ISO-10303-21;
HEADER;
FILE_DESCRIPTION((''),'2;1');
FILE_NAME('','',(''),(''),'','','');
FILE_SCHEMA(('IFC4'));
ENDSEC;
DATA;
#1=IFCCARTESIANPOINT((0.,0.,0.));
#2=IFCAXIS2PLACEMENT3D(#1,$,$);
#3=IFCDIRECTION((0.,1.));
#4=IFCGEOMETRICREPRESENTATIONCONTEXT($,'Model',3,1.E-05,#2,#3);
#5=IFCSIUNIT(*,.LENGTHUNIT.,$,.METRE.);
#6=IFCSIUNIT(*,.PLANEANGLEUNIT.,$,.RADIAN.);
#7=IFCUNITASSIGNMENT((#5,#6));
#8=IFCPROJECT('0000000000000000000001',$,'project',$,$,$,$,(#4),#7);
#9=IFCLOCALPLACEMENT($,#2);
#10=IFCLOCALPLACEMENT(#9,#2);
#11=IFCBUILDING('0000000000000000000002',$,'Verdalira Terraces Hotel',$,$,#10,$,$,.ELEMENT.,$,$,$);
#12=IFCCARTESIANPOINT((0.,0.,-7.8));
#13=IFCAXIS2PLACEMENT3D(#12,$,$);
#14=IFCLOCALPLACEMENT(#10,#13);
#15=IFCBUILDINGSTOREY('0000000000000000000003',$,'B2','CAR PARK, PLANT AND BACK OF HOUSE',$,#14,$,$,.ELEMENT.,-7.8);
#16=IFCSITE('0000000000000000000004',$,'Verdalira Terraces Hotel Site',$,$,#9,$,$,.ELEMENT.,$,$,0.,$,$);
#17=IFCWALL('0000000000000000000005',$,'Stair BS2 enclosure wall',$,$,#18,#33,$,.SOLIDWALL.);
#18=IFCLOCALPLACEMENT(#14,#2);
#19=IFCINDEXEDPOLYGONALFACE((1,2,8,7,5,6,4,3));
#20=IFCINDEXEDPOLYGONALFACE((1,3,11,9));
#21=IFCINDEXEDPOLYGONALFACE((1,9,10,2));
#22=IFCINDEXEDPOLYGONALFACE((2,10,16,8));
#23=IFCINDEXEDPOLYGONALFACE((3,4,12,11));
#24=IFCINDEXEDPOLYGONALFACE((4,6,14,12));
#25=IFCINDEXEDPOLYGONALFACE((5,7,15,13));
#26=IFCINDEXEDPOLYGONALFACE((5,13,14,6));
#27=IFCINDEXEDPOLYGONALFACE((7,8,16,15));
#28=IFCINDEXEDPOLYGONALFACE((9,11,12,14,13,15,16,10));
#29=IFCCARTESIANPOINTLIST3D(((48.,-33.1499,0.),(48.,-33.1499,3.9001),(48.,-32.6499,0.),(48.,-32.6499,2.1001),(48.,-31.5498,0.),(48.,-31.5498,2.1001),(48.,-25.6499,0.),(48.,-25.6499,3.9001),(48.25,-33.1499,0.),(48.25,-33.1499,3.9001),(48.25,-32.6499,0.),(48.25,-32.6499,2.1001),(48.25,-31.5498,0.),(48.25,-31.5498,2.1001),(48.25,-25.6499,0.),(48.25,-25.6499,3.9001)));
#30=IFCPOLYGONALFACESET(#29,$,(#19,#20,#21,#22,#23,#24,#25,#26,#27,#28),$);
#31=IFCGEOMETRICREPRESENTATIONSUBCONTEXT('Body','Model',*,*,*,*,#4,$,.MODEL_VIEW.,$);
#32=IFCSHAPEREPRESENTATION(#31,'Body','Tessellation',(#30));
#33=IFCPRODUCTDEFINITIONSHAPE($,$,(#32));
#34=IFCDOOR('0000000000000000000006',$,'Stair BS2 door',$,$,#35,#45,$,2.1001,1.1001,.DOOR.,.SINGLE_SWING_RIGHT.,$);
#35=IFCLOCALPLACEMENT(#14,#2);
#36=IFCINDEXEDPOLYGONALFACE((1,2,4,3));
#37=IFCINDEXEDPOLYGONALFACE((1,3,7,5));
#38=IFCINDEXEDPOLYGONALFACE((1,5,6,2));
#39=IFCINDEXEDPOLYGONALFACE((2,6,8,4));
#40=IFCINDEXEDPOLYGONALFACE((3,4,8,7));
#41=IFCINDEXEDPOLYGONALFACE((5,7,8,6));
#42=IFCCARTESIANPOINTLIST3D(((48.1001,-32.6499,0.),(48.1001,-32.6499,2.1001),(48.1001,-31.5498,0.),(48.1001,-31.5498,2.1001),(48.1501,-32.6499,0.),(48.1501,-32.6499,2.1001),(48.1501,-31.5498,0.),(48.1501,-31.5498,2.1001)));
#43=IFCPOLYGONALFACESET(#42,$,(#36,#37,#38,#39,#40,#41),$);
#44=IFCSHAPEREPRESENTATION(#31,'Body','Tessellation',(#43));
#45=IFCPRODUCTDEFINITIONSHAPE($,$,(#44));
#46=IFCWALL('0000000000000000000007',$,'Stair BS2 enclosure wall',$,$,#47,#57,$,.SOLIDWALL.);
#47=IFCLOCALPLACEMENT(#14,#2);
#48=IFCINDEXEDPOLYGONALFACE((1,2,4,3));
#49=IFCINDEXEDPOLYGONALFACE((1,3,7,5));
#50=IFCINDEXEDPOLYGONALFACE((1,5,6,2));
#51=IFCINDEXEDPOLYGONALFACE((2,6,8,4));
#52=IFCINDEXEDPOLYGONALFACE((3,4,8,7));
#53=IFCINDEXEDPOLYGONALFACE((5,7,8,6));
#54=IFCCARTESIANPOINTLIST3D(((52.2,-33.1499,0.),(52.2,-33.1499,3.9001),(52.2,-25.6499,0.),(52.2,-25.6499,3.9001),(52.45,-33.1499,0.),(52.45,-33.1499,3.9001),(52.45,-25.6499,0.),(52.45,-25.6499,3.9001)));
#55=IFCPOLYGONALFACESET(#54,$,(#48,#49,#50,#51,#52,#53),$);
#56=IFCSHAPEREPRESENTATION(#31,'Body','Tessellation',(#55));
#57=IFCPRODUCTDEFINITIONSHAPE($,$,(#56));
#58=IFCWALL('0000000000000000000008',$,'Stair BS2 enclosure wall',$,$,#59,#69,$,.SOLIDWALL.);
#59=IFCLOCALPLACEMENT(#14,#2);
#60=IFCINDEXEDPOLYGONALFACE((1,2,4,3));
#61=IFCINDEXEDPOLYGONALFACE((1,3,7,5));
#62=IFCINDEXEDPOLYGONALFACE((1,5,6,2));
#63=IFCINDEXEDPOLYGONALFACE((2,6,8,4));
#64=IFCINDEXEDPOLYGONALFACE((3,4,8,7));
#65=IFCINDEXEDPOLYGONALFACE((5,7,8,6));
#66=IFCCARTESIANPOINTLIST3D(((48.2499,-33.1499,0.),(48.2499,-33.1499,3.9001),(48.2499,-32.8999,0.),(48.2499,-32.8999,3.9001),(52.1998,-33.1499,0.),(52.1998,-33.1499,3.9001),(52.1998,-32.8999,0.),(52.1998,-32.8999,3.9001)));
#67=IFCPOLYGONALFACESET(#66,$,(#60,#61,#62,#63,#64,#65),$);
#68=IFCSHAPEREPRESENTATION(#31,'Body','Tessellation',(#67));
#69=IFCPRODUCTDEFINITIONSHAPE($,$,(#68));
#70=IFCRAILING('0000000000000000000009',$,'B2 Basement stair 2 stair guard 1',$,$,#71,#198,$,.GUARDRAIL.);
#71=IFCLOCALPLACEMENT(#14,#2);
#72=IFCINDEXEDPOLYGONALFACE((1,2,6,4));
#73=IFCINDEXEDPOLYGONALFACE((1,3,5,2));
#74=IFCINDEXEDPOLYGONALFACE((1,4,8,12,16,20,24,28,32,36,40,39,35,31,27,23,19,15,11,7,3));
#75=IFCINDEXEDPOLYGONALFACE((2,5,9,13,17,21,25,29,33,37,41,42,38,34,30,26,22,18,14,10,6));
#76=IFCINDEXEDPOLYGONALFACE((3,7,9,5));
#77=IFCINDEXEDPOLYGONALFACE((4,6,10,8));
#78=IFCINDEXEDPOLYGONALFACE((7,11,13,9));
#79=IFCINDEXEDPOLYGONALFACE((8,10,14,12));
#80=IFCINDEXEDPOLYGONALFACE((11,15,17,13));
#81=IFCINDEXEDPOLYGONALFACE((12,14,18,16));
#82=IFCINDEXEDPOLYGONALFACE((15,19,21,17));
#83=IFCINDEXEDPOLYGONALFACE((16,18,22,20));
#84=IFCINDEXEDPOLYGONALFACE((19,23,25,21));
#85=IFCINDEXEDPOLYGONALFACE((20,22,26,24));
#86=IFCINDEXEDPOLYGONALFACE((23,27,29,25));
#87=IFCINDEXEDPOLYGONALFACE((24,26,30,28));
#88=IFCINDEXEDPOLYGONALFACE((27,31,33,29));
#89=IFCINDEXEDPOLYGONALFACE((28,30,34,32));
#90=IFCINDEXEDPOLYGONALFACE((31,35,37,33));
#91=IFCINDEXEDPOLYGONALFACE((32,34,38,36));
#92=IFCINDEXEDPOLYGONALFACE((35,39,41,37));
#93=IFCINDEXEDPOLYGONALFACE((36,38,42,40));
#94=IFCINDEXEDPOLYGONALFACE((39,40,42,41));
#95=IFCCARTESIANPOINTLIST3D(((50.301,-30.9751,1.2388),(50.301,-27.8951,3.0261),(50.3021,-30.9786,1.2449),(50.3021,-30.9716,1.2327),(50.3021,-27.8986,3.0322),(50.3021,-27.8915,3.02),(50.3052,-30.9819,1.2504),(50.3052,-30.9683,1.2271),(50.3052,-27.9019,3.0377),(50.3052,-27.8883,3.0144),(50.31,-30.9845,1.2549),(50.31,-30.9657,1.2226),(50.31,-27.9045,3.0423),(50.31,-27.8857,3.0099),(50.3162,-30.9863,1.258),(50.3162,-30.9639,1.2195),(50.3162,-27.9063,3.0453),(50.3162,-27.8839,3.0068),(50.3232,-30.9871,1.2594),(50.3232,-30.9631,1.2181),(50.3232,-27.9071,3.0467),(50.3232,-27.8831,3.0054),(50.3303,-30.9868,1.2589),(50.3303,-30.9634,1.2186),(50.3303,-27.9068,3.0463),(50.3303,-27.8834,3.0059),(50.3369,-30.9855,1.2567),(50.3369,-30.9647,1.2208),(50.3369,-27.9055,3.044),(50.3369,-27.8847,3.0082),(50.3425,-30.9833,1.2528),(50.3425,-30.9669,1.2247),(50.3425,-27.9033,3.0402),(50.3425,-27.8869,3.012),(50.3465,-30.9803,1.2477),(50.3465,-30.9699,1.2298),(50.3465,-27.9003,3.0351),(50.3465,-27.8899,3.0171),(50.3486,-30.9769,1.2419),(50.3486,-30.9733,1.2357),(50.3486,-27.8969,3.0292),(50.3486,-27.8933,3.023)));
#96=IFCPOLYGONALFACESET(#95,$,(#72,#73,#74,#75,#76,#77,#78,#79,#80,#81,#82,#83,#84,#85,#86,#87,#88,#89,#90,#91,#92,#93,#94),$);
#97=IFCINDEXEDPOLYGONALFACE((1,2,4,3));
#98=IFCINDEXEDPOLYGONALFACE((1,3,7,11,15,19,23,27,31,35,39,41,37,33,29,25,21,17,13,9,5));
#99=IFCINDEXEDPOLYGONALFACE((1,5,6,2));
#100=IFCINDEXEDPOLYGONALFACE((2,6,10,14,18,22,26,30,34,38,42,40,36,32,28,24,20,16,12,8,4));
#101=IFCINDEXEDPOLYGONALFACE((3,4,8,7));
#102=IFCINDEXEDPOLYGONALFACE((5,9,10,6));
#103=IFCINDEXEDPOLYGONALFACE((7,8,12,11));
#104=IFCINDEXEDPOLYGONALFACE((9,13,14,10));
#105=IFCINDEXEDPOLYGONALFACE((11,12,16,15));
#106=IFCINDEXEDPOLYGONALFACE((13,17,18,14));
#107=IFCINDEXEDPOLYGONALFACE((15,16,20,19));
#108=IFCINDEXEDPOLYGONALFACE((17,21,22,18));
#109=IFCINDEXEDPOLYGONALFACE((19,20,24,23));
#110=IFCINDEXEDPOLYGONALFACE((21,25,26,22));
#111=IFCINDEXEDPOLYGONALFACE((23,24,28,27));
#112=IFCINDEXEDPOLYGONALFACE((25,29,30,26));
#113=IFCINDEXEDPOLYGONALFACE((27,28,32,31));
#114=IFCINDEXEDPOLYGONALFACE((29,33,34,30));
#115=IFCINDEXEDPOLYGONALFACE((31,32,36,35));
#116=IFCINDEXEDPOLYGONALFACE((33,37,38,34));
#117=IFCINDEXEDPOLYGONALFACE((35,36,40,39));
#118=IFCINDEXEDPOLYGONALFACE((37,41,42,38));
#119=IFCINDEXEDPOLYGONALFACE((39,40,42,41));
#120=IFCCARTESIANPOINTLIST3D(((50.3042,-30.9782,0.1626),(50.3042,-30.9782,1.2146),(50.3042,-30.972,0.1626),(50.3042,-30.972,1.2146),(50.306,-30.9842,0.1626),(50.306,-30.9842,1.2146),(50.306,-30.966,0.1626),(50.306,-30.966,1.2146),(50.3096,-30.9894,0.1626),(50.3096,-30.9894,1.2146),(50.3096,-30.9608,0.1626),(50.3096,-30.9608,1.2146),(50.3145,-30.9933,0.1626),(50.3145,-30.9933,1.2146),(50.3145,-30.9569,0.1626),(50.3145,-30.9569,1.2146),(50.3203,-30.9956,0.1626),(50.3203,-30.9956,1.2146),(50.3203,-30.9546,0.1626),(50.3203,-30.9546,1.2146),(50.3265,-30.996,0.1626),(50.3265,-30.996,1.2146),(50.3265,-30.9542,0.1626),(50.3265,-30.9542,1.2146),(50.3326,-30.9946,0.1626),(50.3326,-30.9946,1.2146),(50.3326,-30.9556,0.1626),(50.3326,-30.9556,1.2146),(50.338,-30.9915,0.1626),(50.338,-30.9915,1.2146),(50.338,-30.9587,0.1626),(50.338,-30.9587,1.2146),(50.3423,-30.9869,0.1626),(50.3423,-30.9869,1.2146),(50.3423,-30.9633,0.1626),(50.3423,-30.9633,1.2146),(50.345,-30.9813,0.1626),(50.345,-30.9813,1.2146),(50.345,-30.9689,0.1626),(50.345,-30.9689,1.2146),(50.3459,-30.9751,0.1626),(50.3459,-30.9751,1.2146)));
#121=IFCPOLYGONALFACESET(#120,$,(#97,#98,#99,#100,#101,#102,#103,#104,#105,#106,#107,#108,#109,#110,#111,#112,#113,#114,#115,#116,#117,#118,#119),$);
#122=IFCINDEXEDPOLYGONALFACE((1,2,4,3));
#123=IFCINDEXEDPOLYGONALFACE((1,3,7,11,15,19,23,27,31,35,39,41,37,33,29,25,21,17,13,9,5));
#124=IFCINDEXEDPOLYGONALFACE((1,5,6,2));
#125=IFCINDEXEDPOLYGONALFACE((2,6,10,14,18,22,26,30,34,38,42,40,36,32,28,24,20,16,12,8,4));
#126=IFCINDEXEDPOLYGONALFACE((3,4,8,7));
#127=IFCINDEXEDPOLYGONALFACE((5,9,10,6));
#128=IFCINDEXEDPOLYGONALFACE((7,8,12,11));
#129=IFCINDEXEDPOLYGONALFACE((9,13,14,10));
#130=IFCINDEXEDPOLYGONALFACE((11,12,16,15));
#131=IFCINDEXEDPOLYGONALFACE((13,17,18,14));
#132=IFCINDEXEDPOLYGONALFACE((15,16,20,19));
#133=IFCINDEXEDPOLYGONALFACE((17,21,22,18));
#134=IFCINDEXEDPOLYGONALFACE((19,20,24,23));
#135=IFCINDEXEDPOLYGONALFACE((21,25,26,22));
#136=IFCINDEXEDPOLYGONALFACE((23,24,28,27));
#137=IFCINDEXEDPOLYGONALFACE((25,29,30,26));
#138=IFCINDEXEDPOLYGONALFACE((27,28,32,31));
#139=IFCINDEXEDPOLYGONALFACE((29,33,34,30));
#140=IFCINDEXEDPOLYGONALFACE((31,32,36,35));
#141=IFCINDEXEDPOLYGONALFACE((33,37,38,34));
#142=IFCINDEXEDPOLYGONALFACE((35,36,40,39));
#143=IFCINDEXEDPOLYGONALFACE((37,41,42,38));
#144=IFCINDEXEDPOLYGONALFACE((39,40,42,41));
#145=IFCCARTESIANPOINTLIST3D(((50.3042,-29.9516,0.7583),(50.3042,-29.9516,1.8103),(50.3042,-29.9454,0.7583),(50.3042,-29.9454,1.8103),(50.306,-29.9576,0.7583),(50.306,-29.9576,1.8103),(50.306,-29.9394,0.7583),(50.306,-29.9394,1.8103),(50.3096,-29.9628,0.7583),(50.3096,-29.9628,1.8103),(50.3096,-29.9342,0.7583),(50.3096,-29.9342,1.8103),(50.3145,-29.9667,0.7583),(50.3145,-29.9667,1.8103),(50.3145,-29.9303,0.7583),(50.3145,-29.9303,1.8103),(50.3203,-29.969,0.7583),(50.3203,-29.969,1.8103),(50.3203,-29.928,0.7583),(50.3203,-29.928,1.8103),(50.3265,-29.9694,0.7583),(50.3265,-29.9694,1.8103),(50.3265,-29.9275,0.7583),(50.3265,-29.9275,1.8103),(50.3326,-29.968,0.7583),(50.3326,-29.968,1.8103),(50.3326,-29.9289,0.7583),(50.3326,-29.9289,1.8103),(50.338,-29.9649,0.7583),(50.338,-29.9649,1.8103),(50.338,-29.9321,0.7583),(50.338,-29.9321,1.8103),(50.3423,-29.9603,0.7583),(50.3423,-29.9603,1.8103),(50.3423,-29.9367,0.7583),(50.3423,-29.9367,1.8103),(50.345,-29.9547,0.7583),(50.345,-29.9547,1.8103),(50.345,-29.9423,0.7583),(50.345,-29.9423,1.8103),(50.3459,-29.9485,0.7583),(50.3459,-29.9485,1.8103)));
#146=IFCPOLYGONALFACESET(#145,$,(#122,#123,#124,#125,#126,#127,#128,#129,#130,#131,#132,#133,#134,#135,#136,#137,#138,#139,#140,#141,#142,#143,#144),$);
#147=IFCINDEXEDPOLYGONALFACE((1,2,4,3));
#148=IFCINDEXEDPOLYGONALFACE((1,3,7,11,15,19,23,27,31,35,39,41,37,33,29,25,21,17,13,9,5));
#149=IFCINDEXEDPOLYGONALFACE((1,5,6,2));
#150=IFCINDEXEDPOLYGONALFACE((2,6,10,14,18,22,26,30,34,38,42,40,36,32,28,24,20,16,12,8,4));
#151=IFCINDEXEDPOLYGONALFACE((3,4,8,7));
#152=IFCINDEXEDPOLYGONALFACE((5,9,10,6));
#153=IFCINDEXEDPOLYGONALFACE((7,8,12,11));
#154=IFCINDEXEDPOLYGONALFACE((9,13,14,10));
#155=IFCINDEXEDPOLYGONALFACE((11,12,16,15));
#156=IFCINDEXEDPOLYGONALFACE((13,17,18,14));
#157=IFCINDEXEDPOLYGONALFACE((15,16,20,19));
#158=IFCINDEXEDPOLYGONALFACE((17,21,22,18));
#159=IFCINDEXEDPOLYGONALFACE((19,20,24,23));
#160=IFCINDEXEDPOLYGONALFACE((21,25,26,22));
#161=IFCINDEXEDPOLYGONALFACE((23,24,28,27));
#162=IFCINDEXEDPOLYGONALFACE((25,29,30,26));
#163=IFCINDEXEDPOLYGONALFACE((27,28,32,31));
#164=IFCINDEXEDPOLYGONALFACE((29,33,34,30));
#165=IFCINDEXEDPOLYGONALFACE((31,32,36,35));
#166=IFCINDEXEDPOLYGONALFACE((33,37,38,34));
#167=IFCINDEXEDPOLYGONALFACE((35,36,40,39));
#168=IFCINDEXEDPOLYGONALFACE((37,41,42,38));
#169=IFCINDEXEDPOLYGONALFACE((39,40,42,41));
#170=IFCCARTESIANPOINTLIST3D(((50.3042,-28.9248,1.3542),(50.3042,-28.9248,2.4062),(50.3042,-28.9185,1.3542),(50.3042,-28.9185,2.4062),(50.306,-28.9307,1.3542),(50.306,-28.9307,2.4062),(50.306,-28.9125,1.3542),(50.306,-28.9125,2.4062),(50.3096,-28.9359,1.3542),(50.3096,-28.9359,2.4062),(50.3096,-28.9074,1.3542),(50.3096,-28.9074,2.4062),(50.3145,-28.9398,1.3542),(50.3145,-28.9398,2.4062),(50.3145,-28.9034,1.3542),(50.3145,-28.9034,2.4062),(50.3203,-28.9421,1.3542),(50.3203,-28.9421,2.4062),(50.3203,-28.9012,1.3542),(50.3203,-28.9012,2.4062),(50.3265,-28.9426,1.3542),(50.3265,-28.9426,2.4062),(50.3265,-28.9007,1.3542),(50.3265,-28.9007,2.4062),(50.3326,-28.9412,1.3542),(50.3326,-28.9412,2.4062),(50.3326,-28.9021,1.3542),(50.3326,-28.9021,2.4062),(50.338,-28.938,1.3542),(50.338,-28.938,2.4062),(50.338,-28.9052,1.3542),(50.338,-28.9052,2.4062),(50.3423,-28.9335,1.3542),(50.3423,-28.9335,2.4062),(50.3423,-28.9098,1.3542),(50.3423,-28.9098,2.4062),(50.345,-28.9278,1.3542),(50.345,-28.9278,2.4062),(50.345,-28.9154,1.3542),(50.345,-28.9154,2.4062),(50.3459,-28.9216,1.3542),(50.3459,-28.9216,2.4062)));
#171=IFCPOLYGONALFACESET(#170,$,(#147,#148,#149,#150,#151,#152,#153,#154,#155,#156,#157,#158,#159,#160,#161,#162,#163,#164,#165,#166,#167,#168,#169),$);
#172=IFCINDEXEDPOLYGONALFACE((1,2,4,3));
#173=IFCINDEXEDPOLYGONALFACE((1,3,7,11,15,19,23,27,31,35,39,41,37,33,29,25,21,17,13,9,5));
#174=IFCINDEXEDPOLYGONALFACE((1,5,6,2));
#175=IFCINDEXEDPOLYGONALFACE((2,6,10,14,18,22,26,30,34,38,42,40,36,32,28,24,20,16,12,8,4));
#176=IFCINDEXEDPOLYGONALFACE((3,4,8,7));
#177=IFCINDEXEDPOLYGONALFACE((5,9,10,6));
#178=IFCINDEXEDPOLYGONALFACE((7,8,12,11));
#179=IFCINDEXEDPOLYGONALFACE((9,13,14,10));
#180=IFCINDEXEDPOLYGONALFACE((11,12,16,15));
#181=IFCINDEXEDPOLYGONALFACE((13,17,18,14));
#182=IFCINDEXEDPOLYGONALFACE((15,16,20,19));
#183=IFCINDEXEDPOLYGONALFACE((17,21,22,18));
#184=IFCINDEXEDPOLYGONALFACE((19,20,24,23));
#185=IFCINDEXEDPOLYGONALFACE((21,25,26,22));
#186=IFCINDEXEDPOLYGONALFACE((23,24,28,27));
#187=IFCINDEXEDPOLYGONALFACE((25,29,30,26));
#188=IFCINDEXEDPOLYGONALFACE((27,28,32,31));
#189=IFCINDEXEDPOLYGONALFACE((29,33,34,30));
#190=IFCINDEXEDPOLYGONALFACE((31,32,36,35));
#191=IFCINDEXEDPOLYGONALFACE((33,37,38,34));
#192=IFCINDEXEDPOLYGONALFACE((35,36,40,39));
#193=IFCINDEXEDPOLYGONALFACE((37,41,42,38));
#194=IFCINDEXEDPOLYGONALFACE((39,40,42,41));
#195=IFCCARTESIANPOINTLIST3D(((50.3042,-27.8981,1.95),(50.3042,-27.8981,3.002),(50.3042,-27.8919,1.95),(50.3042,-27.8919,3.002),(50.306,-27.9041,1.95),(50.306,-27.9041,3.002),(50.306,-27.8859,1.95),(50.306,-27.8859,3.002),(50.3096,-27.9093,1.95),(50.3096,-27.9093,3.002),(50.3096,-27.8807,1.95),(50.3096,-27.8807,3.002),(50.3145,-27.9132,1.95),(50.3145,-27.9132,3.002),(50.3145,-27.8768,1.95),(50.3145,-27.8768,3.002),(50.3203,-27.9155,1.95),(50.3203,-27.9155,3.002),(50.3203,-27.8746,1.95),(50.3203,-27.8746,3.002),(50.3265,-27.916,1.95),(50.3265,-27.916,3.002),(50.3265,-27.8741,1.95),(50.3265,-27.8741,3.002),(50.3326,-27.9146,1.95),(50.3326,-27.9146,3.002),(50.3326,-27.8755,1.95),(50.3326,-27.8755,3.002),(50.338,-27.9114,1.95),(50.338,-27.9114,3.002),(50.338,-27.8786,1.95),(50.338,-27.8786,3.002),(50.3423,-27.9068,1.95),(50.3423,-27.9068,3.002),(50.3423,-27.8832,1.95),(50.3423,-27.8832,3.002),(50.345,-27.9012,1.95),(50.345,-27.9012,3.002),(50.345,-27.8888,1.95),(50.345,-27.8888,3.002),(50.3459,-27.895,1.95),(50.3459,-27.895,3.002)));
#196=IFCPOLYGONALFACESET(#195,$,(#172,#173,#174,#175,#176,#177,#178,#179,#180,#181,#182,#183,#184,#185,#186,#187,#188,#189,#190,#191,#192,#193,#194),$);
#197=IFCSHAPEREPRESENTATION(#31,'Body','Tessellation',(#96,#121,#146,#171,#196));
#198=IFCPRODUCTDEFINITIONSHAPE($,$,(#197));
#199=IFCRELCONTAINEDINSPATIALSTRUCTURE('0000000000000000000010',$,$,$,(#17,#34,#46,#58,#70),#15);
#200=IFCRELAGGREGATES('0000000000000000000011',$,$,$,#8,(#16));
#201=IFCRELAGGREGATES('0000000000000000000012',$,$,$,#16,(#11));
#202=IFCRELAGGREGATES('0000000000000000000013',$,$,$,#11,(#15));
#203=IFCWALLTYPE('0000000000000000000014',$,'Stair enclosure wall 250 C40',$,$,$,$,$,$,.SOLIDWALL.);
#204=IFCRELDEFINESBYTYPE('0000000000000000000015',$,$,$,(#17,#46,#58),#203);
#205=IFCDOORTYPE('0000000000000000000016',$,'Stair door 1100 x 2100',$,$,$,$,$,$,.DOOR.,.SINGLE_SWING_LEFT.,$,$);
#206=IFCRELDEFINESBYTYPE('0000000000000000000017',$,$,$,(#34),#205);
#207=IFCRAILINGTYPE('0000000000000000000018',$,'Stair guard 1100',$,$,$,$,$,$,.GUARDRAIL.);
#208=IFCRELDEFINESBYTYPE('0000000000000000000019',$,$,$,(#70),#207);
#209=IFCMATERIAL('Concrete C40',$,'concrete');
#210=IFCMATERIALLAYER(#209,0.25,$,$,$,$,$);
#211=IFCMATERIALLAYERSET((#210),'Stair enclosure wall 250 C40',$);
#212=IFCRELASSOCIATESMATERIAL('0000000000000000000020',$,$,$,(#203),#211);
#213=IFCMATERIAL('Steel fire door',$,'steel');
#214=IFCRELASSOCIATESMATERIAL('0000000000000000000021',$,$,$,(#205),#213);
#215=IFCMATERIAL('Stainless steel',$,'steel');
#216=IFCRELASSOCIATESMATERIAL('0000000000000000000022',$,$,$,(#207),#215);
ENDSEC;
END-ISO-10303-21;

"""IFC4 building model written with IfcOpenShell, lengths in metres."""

from ifc_helpers import new_model, si_unit, direction, frame, frame_2d, origin, origin_2d, place, context, subcontext, project, spatial, rectangle, circle, extrude, material, layer, layer_set, type_object, element, fill, save


model = new_model("IFC4")

# Units and contexts
model_context = context("Model", 3, precision=1e-05, world=origin(), true_north=direction((0.0, 1.0)))
body_context = subcontext(model_context, "Body", "Model", "MODEL_VIEW")
ifc_project = project(units=[si_unit("LENGTHUNIT", "METRE"), si_unit("PLANEANGLEUNIT", "RADIAN")], contexts=[model_context])

# Site, building, storey
site_placement = place(None, origin())
site = spatial("IfcSite", under=ifc_project, at=site_placement, Name="Verdalira Terraces Hotel Site", CompositionType="ELEMENT", RefElevation=0.0)
building_placement = place(site_placement, origin())
building = spatial("IfcBuilding", under=site, at=building_placement, Name="Verdalira Terraces Hotel", CompositionType="ELEMENT")
storey_placement = place(building_placement, frame((0.0, 0.0, -7.8)))
storey = spatial("IfcBuildingStorey", under=building, at=storey_placement, Name="B2", Description="CAR PARK, PLANT AND BACK OF HOUSE", CompositionType="ELEMENT", Elevation=-7.8)

# Wall, opening, door
ifc_material_1 = material(Name="Concrete C40", Category="concrete")
ifc_layer_1 = layer(ifc_material_1, 0.25)
ifc_layer_set_1 = layer_set([ifc_layer_1], Name="Stair enclosure wall 250 C40")
wall_type_1 = type_object("IfcWallType", Name="Stair enclosure wall 250 C40", PredefinedType="SOLIDWALL", material=ifc_layer_set_1)
wall_1_placement = place(storey_placement, frame((48.125, -33.1499, 0.0), z_axis=(0.0, 0.0, 1.0), x_axis=(0.0, 1.0, 0.0)))
wall_1 = element("IfcWall", 1, at=wall_1_placement, inside=storey, type_object=wall_type_1, Name="Stair BS2 enclosure wall", PredefinedType="SOLIDWALL", context=body_context, shape_type="SweptSolid", body=[
    extrude(rectangle(XDim=7.5, YDim=0.25, at=frame_2d((3.75, 0.0))), origin(), (0.0, 0.0, 1.0), 3.9001),
])
opening_1_placement = place(wall_1_placement, frame((0.5, 0.0, 0.0)))
opening_1 = element("IfcOpeningElement", 2, at=opening_1_placement, cuts=wall_1, PredefinedType="OPENING", context=body_context, shape_type="SweptSolid", body=[
    extrude(rectangle(XDim=1.1001, YDim=2.1001, at=frame_2d((0.55, 1.05))), frame((0.0, 0.135, 0.0), z_axis=(0.0, -1.0, 0.0), x_axis=(1.0, 0.0, 0.0)), (0.0, 0.0, 1.0), 0.27),
])
ifc_material_2 = material(Name="Steel fire door", Category="steel")
door_type_1 = type_object("IfcDoorType", Name="Stair door 1100 x 2100", OperationType="SINGLE_SWING_LEFT", PredefinedType="DOOR", material=ifc_material_2)
door_1_placement = place(opening_1_placement, origin())
door_1 = element("IfcDoor", 3, at=door_1_placement, inside=storey, type_object=door_type_1, Name="Stair BS2 door", OperationType="SINGLE_SWING_RIGHT", OverallHeight=2.1001, OverallWidth=1.1001, PredefinedType="DOOR", context=body_context, shape_type="SweptSolid", body=[
    extrude(rectangle(XDim=1.1001, YDim=2.1001, at=frame_2d((0.55, 1.05))), frame((0.0, 0.0249, 0.0), z_axis=(0.0, -1.0, 0.0), x_axis=(1.0, 0.0, 0.0)), (0.0, 0.0, 1.0), 0.05),
])
fill(opening_1, door_1)

# Walls
wall_2_placement = place(storey_placement, frame((52.325, -33.1499, 0.0), z_axis=(0.0, 0.0, 1.0), x_axis=(0.0, 1.0, 0.0)))
element("IfcWall", 4, at=wall_2_placement, inside=storey, type_object=wall_type_1, Name="Stair BS2 enclosure wall", PredefinedType="SOLIDWALL", context=body_context, shape_type="SweptSolid", body=[
    extrude(rectangle(XDim=7.5, YDim=0.25, at=frame_2d((3.75, 0.0))), origin(), (0.0, 0.0, 1.0), 3.9001),
])
wall_3_placement = place(storey_placement, frame((52.2, -33.0249, 0.0), z_axis=(0.0, 0.0, 1.0), x_axis=(-1.0, 0.0, 0.0)))
element("IfcWall", 5, at=wall_3_placement, inside=storey, type_object=wall_type_1, Name="Stair BS2 enclosure wall", PredefinedType="SOLIDWALL", context=body_context, shape_type="SweptSolid", body=[
    extrude(rectangle(XDim=3.95, YDim=0.25, at=frame_2d((1.9751, 0.0))), origin(), (0.0, 0.0, 1.0), 3.9001),
])

# Railing
ifc_material_3 = material(Name="Stainless steel", Category="steel")
railing_type_1 = type_object("IfcRailingType", Name="Stair guard 1100", PredefinedType="GUARDRAIL", material=ifc_material_3)
railing_1_placement = place(storey_placement, frame((50.325, -30.9751, 0.1626)))
element("IfcRailing", 6, at=railing_1_placement, inside=storey, type_object=railing_type_1, Name="B2 Basement stair 2 stair guard 1", PredefinedType="GUARDRAIL", context=body_context, shape_type="SweptSolid", body=[
    extrude(circle(Radius=0.0239, at=origin_2d()), frame((0.0, 0.0, 1.0762), z_axis=(0.0, 0.86492, 0.501909), x_axis=(-1.0, 0.0, 0.0)), (0.0, 0.0, 1.0), 3.561),
    extrude(circle(Radius=0.021, at=origin_2d()), origin(), (0.0, 0.0, 1.0), 1.052),
    extrude(circle(Radius=0.021, at=origin_2d()), frame((0.0, 1.0266, 0.5957)), (0.0, 0.0, 1.0), 1.052),
    extrude(circle(Radius=0.021, at=origin_2d()), frame((0.0, 2.0535, 1.1917)), (0.0, 0.0, 1.0), 1.052),
    extrude(circle(Radius=0.021, at=origin_2d()), frame((0.0, 3.0801, 1.7874)), (0.0, 0.0, 1.0), 1.052),
])

save(model, "model.ifc")
